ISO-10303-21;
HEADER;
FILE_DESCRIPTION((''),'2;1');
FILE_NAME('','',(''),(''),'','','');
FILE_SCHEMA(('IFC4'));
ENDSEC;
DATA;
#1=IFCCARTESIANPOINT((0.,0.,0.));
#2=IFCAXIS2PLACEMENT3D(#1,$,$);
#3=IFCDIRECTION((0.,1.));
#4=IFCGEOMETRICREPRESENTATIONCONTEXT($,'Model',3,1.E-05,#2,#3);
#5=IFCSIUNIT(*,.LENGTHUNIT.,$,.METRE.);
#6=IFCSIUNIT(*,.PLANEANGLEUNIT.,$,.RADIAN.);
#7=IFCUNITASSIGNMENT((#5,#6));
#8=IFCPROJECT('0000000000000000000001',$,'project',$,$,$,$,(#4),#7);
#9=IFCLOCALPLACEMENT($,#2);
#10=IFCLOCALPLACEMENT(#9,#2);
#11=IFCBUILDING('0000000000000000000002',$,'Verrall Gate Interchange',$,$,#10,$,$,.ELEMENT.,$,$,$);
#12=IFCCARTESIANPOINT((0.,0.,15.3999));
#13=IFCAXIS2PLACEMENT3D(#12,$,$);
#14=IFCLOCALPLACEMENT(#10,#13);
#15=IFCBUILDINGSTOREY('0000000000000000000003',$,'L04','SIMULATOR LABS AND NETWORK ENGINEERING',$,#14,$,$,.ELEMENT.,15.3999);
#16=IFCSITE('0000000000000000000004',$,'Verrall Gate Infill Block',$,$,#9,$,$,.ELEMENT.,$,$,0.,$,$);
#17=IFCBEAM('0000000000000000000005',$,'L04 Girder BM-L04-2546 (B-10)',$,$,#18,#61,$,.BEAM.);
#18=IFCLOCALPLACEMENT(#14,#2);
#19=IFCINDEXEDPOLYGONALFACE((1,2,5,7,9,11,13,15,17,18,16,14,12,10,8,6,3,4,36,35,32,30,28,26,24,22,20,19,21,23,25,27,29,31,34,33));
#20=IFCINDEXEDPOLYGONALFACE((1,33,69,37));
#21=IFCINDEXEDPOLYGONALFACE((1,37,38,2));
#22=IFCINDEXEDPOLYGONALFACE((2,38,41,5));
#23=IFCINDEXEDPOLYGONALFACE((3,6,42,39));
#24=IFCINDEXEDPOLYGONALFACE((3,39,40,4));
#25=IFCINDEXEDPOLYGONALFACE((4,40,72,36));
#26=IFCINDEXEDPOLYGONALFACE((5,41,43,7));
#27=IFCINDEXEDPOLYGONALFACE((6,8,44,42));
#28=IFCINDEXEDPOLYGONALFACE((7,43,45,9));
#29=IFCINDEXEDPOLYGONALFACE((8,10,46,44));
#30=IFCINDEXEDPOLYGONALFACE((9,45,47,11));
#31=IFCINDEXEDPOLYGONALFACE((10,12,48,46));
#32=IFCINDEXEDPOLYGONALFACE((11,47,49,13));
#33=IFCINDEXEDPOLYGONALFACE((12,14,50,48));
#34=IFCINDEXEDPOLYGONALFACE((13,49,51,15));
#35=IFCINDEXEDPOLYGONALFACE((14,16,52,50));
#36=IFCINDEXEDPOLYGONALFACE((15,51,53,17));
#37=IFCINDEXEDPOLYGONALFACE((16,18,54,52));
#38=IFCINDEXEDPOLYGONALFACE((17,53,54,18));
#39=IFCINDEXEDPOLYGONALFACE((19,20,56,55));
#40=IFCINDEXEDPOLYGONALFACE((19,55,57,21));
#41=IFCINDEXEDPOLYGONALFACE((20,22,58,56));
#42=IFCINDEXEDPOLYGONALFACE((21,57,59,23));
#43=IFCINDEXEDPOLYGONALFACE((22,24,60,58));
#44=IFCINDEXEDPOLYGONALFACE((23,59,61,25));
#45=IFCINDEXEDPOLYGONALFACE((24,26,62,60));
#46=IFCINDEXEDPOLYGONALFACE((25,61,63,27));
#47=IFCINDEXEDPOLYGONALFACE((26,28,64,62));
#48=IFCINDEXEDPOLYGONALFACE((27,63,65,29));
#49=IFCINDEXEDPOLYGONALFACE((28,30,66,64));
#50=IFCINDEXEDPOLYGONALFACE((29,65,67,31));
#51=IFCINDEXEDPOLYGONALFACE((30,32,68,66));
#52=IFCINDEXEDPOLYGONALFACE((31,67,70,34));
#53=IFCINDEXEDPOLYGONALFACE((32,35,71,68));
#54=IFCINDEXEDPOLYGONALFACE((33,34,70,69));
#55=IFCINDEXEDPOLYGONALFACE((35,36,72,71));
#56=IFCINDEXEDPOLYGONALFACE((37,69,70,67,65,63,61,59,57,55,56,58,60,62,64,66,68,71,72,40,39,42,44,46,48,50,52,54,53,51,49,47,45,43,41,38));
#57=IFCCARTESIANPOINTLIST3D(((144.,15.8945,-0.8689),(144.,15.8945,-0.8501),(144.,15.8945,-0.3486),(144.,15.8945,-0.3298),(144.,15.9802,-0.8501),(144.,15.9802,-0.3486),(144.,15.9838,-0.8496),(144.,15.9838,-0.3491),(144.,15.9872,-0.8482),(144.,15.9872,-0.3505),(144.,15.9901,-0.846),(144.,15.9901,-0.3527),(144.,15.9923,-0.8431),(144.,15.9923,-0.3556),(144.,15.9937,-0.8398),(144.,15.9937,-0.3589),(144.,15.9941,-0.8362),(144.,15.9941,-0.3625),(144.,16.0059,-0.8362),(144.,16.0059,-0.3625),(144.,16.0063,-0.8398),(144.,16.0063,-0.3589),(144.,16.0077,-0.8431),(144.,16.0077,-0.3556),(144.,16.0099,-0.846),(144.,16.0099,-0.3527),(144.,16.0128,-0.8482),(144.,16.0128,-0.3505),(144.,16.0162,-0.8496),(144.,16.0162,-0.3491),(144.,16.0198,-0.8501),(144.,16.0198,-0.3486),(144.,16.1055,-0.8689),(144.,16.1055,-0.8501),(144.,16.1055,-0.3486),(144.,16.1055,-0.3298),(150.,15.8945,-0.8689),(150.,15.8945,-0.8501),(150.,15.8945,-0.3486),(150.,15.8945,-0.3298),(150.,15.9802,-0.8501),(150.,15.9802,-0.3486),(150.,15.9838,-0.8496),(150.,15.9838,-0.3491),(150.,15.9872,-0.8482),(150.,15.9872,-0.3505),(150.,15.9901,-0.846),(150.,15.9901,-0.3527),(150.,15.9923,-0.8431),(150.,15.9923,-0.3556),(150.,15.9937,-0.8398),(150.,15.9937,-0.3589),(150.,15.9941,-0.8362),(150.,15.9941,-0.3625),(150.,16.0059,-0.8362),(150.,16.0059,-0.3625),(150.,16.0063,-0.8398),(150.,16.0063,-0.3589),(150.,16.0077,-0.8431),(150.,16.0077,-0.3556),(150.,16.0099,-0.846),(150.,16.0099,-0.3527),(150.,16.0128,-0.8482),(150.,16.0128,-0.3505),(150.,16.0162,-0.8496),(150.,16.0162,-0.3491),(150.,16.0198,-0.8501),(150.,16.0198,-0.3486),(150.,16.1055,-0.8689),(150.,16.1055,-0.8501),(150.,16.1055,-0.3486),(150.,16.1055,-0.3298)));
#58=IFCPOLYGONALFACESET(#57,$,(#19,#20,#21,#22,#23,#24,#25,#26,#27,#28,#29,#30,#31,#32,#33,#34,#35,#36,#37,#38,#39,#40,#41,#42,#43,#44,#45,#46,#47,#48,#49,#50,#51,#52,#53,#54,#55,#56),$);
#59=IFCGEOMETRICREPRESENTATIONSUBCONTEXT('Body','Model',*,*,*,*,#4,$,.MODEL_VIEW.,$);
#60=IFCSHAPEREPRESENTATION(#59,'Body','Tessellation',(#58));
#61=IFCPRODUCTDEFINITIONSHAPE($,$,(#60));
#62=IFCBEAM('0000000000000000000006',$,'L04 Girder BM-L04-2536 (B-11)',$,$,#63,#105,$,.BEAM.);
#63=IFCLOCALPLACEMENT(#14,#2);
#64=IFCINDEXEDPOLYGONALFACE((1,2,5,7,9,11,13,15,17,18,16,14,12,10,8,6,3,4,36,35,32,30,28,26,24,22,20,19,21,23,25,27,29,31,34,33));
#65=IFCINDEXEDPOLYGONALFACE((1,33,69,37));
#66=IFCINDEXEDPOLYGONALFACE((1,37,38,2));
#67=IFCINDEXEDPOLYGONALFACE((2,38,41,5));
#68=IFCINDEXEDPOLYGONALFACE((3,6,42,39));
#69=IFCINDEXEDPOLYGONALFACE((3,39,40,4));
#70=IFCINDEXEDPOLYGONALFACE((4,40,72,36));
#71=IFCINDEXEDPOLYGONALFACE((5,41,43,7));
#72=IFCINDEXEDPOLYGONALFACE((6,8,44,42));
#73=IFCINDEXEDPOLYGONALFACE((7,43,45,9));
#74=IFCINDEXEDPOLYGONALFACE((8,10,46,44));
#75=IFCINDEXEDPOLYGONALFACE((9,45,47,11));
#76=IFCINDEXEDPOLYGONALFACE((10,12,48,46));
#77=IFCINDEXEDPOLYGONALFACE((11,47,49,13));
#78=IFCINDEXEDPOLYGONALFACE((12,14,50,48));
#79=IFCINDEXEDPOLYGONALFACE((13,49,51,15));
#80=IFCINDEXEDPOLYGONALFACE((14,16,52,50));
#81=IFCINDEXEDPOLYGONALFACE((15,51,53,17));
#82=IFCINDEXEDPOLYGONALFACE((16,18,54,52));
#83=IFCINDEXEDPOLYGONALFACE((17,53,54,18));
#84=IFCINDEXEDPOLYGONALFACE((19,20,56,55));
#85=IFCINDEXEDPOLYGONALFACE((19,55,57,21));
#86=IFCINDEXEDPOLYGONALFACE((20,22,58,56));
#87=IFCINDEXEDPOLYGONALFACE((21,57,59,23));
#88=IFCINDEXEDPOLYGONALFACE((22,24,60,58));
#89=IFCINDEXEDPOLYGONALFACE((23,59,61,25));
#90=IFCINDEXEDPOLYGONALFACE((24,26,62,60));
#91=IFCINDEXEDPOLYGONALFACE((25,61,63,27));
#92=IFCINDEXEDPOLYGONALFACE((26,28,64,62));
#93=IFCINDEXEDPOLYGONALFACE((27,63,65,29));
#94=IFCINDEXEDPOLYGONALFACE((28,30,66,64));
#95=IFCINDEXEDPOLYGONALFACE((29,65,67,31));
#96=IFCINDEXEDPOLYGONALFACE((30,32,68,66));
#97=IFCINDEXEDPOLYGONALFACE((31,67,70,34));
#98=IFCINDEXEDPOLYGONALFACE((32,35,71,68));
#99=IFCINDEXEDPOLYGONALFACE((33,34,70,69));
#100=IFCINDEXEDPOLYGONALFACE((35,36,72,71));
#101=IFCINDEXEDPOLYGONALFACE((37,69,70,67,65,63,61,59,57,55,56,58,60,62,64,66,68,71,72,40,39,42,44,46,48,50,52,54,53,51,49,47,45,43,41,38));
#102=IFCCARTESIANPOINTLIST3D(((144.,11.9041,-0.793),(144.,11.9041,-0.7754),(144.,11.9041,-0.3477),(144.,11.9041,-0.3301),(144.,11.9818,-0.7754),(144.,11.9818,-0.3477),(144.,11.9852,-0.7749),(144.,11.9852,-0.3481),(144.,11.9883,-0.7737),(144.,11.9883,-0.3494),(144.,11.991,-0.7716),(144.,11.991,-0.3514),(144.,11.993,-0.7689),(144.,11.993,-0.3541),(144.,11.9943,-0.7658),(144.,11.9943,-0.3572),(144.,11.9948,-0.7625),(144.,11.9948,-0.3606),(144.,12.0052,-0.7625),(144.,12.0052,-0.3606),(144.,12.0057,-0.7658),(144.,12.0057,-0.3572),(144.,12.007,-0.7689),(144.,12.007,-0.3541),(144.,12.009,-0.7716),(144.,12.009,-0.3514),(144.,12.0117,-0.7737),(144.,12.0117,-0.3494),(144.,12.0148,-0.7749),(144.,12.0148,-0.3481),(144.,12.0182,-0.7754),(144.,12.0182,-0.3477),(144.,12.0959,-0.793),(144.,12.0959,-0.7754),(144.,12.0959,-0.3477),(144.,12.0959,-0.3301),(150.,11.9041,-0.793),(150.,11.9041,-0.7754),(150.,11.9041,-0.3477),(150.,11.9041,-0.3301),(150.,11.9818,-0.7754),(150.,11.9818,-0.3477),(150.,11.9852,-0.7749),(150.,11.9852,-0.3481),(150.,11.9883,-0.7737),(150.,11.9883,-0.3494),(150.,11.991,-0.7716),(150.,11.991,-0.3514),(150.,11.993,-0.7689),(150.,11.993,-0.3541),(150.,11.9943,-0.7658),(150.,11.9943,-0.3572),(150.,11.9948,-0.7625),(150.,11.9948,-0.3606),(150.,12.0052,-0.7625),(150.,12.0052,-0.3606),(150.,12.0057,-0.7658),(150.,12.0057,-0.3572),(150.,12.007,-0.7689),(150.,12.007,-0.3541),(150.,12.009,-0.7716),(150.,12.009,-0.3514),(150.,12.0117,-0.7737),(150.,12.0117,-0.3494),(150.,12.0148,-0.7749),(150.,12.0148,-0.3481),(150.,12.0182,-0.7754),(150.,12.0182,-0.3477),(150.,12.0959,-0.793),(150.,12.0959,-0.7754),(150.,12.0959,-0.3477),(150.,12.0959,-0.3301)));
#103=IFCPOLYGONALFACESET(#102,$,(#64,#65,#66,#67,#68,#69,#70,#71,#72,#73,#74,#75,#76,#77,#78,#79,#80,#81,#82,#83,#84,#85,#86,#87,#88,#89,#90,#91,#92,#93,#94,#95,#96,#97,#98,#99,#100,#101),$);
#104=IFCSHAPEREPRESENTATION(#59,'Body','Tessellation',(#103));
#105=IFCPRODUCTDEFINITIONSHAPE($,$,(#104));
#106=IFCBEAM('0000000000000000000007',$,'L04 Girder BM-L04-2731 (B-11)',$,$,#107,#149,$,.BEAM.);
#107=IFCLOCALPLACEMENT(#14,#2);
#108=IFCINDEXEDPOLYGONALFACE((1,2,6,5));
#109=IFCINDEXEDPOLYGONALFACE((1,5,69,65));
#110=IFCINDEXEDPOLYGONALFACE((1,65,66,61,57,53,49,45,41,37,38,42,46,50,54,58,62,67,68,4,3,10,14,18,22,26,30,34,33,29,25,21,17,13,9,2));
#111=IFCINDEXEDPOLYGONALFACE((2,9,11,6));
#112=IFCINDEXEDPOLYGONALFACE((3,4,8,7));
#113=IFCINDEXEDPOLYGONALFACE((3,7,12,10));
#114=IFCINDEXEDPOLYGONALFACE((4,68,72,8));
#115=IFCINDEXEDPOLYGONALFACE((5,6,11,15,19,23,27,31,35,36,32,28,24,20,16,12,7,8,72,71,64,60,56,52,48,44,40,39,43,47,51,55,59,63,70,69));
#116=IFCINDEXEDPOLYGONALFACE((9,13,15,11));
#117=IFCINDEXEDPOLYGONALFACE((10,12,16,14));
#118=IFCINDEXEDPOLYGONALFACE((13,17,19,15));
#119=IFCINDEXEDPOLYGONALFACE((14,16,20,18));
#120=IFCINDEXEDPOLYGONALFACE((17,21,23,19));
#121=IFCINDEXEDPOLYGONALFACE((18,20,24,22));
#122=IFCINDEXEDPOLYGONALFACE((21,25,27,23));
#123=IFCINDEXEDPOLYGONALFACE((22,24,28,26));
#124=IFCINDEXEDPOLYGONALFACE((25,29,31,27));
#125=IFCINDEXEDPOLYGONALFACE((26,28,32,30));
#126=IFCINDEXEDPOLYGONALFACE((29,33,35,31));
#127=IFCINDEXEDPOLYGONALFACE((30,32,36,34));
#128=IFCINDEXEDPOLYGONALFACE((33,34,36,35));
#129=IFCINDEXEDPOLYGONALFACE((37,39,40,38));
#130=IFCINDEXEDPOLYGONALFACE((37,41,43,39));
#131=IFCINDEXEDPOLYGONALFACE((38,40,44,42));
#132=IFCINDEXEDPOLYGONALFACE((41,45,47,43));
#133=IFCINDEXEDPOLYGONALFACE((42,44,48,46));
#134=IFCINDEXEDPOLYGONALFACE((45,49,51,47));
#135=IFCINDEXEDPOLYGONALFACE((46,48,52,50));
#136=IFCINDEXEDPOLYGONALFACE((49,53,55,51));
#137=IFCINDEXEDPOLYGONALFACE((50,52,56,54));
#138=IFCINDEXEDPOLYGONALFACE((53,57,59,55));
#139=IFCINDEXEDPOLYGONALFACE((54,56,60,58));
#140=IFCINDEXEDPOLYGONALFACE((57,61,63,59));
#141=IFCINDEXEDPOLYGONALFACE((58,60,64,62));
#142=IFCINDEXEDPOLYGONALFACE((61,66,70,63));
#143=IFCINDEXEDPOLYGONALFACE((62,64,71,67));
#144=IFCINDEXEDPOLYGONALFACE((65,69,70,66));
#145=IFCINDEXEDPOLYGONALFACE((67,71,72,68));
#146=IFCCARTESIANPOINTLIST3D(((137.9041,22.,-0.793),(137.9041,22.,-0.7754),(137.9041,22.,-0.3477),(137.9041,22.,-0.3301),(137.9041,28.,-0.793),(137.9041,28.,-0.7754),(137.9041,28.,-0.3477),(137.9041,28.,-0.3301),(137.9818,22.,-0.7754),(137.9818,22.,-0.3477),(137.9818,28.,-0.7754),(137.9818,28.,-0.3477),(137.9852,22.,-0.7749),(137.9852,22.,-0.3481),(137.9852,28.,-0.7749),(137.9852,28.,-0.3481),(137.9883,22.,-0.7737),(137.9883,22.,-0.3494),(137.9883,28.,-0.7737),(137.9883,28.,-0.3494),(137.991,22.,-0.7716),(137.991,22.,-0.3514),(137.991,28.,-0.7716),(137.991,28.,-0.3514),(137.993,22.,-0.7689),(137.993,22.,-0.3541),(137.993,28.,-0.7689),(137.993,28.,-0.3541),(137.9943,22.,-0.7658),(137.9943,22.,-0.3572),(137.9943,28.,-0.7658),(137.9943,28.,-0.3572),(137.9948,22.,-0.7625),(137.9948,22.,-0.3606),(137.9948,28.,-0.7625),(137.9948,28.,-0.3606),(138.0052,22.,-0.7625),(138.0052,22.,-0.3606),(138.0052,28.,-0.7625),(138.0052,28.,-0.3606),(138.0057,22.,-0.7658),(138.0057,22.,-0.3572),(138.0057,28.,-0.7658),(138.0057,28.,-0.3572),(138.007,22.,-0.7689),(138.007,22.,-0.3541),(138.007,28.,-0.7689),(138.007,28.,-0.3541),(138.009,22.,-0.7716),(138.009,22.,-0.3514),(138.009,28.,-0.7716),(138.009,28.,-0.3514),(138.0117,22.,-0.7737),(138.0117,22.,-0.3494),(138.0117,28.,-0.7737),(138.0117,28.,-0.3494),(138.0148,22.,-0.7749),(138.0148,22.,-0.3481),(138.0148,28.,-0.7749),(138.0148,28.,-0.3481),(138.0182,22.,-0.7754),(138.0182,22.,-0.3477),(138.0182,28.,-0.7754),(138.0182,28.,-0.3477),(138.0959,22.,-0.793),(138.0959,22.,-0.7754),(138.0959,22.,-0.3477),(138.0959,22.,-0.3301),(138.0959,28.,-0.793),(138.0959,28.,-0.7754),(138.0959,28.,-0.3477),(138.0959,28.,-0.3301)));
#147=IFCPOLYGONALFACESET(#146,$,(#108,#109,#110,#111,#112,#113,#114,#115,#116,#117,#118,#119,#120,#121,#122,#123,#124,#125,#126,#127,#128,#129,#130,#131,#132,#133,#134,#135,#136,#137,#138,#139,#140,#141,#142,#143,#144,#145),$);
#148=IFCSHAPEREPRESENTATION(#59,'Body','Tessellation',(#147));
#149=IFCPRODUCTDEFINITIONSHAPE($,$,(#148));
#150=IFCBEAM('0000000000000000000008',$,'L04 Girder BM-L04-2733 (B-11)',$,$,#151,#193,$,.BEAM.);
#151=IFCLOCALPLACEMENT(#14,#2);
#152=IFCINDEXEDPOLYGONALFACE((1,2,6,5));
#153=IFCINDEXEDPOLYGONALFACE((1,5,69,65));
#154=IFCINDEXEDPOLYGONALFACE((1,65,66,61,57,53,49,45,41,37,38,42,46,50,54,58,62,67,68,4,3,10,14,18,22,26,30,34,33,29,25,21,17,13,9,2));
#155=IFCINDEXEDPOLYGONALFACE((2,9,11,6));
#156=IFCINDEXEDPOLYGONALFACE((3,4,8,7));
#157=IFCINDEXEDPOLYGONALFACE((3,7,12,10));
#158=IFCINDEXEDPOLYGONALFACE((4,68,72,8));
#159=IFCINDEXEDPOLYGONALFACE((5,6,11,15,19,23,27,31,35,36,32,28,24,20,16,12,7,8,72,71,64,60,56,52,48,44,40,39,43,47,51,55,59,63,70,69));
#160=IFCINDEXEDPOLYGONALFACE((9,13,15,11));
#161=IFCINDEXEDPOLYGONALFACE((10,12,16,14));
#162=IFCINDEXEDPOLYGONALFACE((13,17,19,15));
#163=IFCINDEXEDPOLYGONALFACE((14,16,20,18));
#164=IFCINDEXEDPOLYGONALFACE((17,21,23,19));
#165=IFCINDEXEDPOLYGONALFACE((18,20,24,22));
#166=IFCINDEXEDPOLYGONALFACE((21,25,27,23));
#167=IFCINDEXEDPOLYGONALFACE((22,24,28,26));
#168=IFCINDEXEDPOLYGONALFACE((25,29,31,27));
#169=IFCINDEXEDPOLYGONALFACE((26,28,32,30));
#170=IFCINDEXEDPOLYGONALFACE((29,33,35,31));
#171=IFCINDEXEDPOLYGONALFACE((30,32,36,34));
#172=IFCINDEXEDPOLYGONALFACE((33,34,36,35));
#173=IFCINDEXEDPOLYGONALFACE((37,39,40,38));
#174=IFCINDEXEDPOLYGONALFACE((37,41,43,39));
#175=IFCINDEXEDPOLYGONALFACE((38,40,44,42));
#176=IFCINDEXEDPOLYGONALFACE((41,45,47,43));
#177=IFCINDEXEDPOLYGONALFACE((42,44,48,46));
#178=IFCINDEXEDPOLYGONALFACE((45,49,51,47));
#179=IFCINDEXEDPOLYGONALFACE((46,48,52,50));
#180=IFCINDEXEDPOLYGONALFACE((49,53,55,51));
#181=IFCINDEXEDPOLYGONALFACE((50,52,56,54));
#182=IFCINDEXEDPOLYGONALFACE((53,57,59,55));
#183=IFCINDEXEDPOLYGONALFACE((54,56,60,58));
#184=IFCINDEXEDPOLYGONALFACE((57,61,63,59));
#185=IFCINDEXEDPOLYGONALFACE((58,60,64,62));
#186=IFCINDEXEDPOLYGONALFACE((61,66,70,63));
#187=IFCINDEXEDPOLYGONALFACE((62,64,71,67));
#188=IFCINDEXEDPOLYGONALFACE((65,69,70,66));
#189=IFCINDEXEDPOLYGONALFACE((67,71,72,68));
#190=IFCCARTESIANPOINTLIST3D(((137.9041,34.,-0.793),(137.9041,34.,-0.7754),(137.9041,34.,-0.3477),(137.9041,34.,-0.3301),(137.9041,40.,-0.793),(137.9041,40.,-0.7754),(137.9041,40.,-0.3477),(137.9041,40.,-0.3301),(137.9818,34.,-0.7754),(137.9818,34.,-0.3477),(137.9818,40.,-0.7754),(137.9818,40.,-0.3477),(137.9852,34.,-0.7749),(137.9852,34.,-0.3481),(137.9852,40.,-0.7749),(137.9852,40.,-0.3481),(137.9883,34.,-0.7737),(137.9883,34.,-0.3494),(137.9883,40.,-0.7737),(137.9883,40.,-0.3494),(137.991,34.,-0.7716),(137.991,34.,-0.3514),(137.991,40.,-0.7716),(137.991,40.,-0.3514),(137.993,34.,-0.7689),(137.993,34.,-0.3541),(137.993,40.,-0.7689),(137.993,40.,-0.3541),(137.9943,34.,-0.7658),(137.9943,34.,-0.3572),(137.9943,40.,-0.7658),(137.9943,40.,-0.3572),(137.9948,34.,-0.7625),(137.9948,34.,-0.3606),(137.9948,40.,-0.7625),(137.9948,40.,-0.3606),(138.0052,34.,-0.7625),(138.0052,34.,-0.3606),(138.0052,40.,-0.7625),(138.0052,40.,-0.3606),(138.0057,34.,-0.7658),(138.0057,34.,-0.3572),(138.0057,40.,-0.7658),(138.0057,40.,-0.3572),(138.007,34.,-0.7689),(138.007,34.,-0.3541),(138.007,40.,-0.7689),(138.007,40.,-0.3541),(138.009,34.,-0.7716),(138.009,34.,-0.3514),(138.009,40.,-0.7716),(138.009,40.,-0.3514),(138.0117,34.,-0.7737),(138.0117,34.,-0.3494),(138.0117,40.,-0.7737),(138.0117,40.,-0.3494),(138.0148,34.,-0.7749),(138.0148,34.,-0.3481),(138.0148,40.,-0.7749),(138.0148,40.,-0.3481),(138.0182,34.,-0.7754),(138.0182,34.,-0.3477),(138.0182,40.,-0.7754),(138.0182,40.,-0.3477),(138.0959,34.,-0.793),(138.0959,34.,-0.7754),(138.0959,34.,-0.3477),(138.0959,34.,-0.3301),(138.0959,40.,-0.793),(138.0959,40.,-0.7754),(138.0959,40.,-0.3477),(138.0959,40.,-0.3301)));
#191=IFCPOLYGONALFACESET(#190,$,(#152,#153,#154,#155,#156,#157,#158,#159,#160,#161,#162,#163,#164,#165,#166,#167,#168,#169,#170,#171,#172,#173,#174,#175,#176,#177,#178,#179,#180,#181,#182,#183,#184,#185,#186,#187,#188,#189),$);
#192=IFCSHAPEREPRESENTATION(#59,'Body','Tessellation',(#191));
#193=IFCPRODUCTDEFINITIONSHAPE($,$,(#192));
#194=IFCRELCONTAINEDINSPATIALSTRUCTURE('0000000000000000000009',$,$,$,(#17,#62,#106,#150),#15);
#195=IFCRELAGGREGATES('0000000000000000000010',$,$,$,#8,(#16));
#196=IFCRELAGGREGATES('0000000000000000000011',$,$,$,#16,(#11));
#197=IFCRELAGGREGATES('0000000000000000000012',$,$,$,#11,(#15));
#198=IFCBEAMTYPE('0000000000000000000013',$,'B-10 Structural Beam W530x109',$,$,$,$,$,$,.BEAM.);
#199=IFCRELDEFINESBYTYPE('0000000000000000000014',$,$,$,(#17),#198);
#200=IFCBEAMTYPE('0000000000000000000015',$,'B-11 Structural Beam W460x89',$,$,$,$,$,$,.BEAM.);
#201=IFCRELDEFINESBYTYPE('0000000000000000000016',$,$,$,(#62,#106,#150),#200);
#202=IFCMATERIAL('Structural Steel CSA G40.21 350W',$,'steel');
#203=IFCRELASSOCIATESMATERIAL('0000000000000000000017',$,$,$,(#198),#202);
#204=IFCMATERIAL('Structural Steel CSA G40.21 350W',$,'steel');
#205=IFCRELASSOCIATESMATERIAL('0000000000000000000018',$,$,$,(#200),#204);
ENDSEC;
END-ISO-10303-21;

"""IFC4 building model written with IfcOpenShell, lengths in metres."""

from ifc_helpers import new_model, si_unit, direction, frame, origin, origin_2d, place, context, subcontext, project, spatial, i_section, extrude, material, material_profile, profile_set, type_object, element, save


model = new_model("IFC4")

# Units and contexts
model_context = context("Model", 3, precision=1e-05, world=origin(), true_north=direction((0.0, 1.0)))
body_context = subcontext(model_context, "Body", "Model", "MODEL_VIEW")
ifc_project = project(units=[si_unit("LENGTHUNIT", "METRE"), si_unit("PLANEANGLEUNIT", "RADIAN")], contexts=[model_context])

# Site, building, storey
site_placement = place(None, origin())
site = spatial("IfcSite", under=ifc_project, at=site_placement, Name="Verrall Gate Infill Block", CompositionType="ELEMENT", RefElevation=0.0)
building_placement = place(site_placement, origin())
building = spatial("IfcBuilding", under=site, at=building_placement, Name="Verrall Gate Interchange", CompositionType="ELEMENT")
storey_placement = place(building_placement, frame((0.0, 0.0, 15.3999)))
storey = spatial("IfcBuildingStorey", under=building, at=storey_placement, Name="L04", Description="SIMULATOR LABS AND NETWORK ENGINEERING", CompositionType="ELEMENT", Elevation=15.3999)

# Beams
ifc_material_1 = material(Name="Structural Steel CSA G40.21 350W", Category="steel")
ifc_material_profile_1 = material_profile(ifc_material_1, i_section(OverallWidth=0.2109, OverallDepth=0.5391, WebThickness=0.0117, FlangeThickness=0.0188, FilletRadius=0.0139, at=origin_2d()), Name="W530x109")
ifc_profile_set_1 = profile_set([ifc_material_profile_1], Name="Structural Steel CSA G40.21 350W")
beam_type_1 = type_object("IfcBeamType", Name="B-10 Structural Beam W530x109", PredefinedType="BEAM", material=ifc_profile_set_1)
beam_1_placement = place(storey_placement, frame((144.0, 16.0, -0.5994), z_axis=(1.0, 0.0, 0.0), x_axis=(0.0, 1.0, 0.0)))
element("IfcBeam", 1, at=beam_1_placement, inside=storey, type_object=beam_type_1, Name="L04 Girder BM-L04-2546 (B-10)", PredefinedType="BEAM", context=body_context, shape_type="SweptSolid", body=[
    extrude(i_section(OverallWidth=0.2109, OverallDepth=0.5391, WebThickness=0.0117, FlangeThickness=0.0188, FilletRadius=0.0139, at=origin_2d()), origin(), (0.0, 0.0, 1.0), 6.0),
])
ifc_material_2 = material(Name="Structural Steel CSA G40.21 350W", Category="steel")
ifc_material_profile_2 = material_profile(ifc_material_2, i_section(OverallWidth=0.1919, OverallDepth=0.4629, WebThickness=0.0105, FlangeThickness=0.0176, FilletRadius=0.0129, at=origin_2d()), Name="W460x89")
ifc_profile_set_2 = profile_set([ifc_material_profile_2], Name="Structural Steel CSA G40.21 350W")
beam_type_2 = type_object("IfcBeamType", Name="B-11 Structural Beam W460x89", PredefinedType="BEAM", material=ifc_profile_set_2)
for number, where, z_axis, x_axis, name in (
    (2, (144.0, 12.0, -0.5615), (1.0, 0.0, 0.0), (0.0, 1.0, 0.0), "L04 Girder BM-L04-2536 (B-11)"),
    (3, (138.0, 22.0, -0.5615), (0.0, 1.0, 0.0), (-1.0, 0.0, 0.0), "L04 Girder BM-L04-2731 (B-11)"),
    (4, (138.0, 34.0, -0.5615), (0.0, 1.0, 0.0), (-1.0, 0.0, 0.0), "L04 Girder BM-L04-2733 (B-11)"),
):
    element("IfcBeam", number, at=place(storey_placement, frame(where, z_axis=z_axis, x_axis=x_axis)), inside=storey, type_object=beam_type_2, Name=name, PredefinedType="BEAM", context=body_context, shape_type="SweptSolid", body=[
        extrude(i_section(OverallWidth=0.1919, OverallDepth=0.4629, WebThickness=0.0105, FlangeThickness=0.0176, FilletRadius=0.0129, at=origin_2d()), origin(), (0.0, 0.0, 1.0), 6.0),
    ])

save(model, "model.ifc")
